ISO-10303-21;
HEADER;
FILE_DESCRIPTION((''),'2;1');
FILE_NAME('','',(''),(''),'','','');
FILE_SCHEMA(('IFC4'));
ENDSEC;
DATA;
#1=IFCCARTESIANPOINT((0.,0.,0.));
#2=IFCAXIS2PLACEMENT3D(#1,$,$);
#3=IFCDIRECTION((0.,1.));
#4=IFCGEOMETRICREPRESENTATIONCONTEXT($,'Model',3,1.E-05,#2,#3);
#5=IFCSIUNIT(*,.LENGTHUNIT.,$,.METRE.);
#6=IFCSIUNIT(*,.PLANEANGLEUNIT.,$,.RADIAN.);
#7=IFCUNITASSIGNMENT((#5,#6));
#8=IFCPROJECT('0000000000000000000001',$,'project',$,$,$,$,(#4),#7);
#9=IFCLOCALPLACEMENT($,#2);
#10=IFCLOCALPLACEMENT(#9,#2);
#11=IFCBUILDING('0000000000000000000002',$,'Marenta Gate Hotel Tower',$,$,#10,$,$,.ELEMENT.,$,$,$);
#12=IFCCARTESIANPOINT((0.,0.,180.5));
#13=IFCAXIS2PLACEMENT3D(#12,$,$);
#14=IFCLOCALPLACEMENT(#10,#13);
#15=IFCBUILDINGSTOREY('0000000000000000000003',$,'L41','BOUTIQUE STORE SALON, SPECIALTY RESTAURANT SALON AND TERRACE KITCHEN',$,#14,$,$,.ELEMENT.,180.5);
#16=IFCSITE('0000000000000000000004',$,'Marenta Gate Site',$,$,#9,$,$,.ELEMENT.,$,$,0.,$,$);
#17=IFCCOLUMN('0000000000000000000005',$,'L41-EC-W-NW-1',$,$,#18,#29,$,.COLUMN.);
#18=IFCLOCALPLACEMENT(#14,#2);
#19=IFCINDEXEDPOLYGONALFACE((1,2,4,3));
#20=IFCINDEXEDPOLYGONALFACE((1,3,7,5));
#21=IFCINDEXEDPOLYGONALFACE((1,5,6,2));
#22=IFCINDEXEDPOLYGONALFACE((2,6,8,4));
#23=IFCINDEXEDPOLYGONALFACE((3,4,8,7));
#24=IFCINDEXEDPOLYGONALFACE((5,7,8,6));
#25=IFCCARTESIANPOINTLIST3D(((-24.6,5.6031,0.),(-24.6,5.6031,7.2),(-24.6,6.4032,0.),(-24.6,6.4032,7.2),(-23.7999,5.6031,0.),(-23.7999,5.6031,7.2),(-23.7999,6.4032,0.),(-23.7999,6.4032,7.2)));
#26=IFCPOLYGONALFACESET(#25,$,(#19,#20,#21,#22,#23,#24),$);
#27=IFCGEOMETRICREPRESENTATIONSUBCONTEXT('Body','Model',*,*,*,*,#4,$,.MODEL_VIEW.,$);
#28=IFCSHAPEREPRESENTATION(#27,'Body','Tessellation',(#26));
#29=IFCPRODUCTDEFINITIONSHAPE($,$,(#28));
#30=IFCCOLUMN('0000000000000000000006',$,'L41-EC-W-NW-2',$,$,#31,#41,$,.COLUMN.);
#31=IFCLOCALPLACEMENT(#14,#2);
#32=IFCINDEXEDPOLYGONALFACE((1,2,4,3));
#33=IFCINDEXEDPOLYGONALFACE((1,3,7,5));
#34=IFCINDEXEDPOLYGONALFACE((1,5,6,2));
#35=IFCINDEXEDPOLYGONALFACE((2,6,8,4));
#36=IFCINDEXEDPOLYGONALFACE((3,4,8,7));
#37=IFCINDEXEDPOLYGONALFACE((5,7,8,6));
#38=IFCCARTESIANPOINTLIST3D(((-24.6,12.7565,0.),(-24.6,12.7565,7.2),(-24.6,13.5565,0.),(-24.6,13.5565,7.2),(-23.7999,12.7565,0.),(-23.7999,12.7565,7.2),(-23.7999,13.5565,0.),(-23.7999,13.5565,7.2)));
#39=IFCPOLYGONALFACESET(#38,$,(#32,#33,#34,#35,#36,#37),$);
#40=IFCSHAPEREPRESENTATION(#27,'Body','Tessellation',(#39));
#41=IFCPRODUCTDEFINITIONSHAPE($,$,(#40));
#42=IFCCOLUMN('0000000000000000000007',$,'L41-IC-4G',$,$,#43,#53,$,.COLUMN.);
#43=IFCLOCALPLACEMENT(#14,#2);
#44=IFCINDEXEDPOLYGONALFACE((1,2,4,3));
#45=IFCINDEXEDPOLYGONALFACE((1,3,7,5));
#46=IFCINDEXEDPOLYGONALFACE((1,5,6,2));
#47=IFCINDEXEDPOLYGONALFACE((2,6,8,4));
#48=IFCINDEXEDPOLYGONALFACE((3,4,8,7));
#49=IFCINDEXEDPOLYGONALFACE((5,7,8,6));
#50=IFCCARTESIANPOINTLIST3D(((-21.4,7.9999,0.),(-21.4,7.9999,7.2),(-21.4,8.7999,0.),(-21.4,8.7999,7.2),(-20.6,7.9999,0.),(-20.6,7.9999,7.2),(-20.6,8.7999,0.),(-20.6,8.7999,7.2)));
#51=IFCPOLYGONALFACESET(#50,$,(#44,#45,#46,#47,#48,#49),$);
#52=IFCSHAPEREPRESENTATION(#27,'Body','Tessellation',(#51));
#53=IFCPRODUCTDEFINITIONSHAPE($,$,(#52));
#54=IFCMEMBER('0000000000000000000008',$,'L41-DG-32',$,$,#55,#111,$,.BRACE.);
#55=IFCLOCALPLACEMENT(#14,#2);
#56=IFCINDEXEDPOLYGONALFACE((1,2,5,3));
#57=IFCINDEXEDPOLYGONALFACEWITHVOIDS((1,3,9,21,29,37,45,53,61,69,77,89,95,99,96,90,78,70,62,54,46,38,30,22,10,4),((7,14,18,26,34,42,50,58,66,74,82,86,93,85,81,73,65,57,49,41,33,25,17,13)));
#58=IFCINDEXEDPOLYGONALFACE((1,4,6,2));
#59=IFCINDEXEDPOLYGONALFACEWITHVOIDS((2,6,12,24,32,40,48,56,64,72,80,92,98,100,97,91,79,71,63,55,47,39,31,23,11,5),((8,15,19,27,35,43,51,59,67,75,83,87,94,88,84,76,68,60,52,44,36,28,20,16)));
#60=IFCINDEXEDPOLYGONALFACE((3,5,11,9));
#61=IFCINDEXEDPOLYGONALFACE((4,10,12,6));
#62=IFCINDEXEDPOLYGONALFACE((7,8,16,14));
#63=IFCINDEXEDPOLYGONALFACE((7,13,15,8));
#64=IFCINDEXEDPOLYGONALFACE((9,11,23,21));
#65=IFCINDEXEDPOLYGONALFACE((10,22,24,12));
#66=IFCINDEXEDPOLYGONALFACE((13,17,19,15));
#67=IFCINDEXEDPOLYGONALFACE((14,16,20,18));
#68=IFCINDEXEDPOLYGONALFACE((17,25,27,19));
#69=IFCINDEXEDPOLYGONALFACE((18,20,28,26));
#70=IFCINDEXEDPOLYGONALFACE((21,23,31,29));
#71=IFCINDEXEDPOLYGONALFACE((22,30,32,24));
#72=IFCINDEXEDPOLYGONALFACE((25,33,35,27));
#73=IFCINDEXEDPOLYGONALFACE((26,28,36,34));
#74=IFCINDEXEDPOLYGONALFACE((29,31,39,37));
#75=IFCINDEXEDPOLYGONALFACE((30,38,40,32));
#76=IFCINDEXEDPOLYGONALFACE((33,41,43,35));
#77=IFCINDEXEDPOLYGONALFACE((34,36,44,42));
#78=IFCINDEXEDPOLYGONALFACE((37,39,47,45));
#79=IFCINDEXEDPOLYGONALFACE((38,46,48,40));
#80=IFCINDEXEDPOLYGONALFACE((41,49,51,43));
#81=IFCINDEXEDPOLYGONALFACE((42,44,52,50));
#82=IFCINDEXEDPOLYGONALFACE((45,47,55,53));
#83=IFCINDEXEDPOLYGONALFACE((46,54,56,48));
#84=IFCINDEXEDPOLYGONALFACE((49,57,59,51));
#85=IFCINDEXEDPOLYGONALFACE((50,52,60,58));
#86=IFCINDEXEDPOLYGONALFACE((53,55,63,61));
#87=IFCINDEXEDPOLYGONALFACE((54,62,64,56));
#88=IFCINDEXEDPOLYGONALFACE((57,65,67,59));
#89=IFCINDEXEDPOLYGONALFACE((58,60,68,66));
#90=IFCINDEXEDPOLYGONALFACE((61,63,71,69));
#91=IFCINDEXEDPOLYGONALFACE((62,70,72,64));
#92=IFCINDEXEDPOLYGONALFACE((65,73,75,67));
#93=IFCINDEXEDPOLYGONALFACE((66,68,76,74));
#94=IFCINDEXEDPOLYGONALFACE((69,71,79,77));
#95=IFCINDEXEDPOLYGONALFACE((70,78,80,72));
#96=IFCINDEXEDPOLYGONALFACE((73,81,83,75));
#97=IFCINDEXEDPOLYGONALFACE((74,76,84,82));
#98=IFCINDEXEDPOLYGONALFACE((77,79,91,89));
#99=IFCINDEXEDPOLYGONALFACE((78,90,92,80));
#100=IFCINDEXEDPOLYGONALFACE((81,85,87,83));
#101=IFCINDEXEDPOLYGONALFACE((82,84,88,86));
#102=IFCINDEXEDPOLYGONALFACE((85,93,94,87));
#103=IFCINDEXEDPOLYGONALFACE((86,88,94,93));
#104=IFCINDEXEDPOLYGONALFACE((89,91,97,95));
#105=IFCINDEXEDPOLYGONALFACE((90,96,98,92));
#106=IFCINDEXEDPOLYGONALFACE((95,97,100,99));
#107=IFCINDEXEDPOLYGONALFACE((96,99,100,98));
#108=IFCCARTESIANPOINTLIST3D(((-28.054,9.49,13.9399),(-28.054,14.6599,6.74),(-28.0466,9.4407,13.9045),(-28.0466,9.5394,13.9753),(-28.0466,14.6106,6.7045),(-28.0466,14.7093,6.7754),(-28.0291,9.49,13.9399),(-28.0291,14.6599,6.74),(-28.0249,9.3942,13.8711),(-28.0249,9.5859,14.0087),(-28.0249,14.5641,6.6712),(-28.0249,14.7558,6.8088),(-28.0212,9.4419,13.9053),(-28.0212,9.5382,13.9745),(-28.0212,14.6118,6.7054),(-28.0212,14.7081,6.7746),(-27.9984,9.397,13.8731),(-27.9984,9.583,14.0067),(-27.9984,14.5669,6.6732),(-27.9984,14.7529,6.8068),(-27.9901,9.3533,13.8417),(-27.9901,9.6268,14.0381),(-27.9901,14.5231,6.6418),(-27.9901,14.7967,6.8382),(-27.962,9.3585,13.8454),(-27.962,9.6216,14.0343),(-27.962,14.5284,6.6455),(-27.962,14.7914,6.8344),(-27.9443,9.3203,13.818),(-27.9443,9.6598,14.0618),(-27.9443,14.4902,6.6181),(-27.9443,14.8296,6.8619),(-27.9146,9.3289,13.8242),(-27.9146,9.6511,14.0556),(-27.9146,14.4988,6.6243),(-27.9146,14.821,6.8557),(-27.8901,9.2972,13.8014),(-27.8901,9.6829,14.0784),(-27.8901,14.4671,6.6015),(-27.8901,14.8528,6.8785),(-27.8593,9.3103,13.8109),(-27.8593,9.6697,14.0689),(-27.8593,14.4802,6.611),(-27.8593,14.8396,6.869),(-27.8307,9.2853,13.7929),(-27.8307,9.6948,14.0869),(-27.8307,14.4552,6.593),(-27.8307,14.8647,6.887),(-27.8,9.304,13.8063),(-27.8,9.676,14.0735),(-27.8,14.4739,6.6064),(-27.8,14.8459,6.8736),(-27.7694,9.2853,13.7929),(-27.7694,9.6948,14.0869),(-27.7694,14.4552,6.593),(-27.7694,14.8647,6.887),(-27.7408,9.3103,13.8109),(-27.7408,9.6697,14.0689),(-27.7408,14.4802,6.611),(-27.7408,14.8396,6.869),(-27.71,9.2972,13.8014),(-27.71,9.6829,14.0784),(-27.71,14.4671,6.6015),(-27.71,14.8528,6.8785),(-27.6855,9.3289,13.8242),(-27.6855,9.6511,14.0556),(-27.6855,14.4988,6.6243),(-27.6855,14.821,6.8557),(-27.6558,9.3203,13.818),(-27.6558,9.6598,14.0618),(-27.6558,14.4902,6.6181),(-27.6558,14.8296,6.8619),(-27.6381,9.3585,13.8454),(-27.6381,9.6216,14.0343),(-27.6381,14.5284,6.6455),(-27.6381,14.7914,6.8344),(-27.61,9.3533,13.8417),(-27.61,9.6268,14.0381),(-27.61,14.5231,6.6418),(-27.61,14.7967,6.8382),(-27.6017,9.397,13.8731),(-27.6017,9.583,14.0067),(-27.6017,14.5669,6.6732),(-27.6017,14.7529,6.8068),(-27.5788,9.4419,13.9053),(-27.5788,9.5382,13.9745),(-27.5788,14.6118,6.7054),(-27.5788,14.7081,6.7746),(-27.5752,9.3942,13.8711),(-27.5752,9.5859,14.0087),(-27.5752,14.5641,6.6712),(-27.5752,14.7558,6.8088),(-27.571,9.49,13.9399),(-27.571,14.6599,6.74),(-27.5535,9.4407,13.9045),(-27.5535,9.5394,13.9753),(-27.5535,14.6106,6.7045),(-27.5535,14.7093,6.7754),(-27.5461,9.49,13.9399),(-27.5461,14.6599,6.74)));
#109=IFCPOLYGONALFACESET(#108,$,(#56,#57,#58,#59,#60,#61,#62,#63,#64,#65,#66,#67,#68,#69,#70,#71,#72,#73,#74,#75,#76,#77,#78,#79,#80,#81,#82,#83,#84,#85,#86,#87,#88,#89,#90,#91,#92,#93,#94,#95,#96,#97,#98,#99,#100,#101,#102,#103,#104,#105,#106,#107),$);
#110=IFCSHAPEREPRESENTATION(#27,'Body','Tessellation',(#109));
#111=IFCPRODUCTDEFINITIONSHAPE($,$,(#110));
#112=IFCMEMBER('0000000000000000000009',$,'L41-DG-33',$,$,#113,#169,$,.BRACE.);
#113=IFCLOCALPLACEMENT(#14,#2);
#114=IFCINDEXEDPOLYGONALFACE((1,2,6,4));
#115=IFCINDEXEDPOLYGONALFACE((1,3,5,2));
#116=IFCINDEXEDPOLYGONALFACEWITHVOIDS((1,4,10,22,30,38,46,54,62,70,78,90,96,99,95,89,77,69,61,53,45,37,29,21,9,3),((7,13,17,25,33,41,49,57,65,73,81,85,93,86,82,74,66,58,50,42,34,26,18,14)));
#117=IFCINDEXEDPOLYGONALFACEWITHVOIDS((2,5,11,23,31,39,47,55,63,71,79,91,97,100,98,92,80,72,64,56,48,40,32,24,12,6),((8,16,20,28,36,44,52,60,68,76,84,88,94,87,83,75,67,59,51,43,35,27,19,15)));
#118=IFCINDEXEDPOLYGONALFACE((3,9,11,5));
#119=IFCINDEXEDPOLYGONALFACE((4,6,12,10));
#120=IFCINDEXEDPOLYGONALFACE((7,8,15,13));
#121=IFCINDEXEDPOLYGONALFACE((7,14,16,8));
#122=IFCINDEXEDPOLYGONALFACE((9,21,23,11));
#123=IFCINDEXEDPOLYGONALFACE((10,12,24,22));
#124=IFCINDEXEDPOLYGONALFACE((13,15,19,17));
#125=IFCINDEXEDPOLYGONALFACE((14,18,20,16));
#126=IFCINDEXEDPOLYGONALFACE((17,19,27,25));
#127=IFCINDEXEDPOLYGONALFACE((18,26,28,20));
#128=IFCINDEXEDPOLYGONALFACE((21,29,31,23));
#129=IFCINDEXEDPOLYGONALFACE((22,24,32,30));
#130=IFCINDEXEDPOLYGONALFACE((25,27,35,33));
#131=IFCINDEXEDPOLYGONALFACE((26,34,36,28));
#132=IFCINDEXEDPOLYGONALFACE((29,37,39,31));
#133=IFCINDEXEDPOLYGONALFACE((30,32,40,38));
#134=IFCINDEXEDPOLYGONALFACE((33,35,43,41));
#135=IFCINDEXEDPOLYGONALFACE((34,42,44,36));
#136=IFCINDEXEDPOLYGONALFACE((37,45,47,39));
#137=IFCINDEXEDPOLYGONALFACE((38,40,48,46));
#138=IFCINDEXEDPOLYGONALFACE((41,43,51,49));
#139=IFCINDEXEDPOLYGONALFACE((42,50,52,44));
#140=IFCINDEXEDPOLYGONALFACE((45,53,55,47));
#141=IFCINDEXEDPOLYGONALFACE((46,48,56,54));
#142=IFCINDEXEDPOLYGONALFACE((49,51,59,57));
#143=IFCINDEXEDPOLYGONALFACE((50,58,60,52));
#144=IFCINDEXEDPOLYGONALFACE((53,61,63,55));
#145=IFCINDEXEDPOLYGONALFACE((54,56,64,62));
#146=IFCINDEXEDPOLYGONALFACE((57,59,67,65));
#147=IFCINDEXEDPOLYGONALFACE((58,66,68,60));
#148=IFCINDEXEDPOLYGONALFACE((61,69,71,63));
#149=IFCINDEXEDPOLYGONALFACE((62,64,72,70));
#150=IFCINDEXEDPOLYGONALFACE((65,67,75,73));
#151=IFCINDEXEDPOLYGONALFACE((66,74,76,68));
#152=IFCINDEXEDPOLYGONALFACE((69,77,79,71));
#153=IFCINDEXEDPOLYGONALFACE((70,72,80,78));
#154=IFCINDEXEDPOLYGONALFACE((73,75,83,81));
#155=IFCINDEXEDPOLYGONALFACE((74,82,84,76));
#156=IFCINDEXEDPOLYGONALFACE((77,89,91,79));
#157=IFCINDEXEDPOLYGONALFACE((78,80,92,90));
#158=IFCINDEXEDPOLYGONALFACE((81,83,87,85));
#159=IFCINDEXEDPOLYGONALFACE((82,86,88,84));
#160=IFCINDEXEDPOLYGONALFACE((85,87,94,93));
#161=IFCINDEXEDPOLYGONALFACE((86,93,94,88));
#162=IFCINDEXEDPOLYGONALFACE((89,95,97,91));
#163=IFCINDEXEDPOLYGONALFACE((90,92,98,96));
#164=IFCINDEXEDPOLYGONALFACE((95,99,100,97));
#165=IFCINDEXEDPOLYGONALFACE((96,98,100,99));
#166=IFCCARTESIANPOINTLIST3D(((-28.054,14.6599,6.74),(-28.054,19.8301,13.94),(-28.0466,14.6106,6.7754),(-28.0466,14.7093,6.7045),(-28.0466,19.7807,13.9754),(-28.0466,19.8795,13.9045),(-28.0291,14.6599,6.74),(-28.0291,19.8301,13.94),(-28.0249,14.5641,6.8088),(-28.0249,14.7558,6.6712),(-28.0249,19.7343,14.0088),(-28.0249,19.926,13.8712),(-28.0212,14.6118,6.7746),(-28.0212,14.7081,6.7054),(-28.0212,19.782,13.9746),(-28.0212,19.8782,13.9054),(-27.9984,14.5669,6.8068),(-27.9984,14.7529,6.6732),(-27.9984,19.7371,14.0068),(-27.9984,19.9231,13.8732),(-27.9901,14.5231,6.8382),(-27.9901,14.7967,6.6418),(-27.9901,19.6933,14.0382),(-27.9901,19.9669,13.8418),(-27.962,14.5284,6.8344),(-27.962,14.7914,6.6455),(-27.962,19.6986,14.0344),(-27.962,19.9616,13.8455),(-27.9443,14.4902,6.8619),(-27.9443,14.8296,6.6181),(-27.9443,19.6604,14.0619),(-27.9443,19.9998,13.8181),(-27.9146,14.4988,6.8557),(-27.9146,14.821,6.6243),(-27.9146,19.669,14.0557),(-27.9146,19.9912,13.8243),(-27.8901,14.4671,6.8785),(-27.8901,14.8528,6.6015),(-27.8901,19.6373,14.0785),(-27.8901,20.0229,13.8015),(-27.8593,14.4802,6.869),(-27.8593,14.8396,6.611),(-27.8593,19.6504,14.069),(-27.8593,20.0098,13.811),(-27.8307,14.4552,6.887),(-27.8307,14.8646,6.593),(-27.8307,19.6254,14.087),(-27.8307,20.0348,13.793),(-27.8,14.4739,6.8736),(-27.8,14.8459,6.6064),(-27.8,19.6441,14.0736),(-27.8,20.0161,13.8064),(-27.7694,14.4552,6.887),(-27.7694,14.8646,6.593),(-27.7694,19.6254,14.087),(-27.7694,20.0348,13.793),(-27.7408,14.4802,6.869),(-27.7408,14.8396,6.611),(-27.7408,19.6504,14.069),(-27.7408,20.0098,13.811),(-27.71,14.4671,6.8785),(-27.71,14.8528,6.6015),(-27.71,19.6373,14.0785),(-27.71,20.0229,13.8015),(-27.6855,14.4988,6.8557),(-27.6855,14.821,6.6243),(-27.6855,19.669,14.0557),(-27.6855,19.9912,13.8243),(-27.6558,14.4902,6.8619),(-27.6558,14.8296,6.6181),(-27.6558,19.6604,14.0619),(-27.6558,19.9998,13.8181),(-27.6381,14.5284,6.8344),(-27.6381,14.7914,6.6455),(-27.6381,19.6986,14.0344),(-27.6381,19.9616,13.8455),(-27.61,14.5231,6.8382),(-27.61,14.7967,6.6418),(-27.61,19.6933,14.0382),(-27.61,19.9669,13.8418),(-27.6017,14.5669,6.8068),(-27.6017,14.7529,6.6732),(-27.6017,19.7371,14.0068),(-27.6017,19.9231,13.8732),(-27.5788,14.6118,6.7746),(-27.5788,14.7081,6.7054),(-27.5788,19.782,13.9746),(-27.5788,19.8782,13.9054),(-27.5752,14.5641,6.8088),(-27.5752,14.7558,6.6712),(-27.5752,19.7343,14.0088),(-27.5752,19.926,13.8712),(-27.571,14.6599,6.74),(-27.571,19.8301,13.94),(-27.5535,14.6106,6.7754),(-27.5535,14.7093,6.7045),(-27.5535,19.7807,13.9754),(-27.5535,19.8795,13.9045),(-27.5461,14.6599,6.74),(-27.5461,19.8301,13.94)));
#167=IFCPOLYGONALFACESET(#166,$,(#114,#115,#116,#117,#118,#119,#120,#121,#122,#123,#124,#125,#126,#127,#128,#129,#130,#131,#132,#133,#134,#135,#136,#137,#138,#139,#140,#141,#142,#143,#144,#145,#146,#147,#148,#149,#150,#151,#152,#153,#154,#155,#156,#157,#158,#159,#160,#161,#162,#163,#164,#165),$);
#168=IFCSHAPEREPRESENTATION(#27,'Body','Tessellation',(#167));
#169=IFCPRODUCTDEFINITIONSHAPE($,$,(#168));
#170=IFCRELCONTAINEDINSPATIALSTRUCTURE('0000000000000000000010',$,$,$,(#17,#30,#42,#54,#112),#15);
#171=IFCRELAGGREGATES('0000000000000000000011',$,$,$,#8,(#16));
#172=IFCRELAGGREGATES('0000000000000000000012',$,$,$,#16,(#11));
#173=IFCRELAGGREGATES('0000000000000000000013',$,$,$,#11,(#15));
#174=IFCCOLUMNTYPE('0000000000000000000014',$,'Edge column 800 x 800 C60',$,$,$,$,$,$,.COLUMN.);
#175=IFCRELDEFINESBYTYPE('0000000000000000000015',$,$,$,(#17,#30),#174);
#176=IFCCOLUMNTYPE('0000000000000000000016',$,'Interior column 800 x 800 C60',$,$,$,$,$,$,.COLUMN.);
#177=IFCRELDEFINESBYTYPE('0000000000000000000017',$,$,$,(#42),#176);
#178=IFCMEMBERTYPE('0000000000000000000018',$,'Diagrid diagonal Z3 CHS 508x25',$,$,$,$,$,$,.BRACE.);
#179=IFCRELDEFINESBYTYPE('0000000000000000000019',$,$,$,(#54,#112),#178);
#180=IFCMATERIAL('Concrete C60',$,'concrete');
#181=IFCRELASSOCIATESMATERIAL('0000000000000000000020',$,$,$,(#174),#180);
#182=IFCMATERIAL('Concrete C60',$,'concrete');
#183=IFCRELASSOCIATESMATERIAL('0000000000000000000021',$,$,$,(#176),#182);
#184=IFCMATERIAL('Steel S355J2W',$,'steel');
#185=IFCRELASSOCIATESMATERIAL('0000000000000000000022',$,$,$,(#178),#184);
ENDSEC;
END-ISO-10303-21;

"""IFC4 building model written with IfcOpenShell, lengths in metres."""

from ifc_helpers import new_model, si_unit, direction, frame, origin, origin_2d, place, context, subcontext, project, spatial, rectangle, hollow_circle, extrude, material, material_profile, profile_set, type_object, element, save


model = new_model("IFC4")

# Units and contexts
model_context = context("Model", 3, precision=1e-05, world=origin(), true_north=direction((0.0, 1.0)))
body_context = subcontext(model_context, "Body", "Model", "MODEL_VIEW")
ifc_project = project(units=[si_unit("LENGTHUNIT", "METRE"), si_unit("PLANEANGLEUNIT", "RADIAN")], contexts=[model_context])

# Site, building, storey
site_placement = place(None, origin())
site = spatial("IfcSite", under=ifc_project, at=site_placement, Name="Marenta Gate Site", CompositionType="ELEMENT", RefElevation=0.0)
building_placement = place(site_placement, origin())
building = spatial("IfcBuilding", under=site, at=building_placement, Name="Marenta Gate Hotel Tower", CompositionType="ELEMENT")
storey_placement = place(building_placement, frame((0.0, 0.0, 180.5)))
storey = spatial("IfcBuildingStorey", under=building, at=storey_placement, Name="L41", Description="BOUTIQUE STORE SALON, SPECIALTY RESTAURANT SALON AND TERRACE KITCHEN", CompositionType="ELEMENT", Elevation=180.5)

# Columns
ifc_material_1 = material(Name="Concrete C60", Category="concrete")
ifc_material_profile_1 = material_profile(ifc_material_1, rectangle(XDim=0.8, YDim=0.8, at=origin_2d()), Name="800 x 800")
ifc_profile_set_1 = profile_set([ifc_material_profile_1], Name="Concrete C60")
column_type_1 = type_object("IfcColumnType", Name="Edge column 800 x 800 C60", PredefinedType="COLUMN", material=ifc_profile_set_1)
for number, where, z_axis, x_axis, name in (
    (1, (-24.2, 6.0032, 0.0), (0.0, 0.0, 1.0), (1.0, 0.0, 0.0), "L41-EC-W-NW-1"),
    (2, (-24.2, 13.1565, 0.0), (0.0, 0.0, 1.0), (1.0, 0.0, 0.0), "L41-EC-W-NW-2"),
):
    element("IfcColumn", number, at=place(storey_placement, frame(where, z_axis=z_axis, x_axis=x_axis)), inside=storey, type_object=column_type_1, Name=name, PredefinedType="COLUMN", context=body_context, shape_type="SweptSolid", body=[
        extrude(rectangle(XDim=0.8, YDim=0.8, at=origin_2d()), origin(), (0.0, 0.0, 1.0), 7.2),
    ])
ifc_material_2 = material(Name="Concrete C60", Category="concrete")
ifc_material_profile_2 = material_profile(ifc_material_2, rectangle(XDim=0.8, YDim=0.8, at=origin_2d()), Name="800 x 800")
ifc_profile_set_2 = profile_set([ifc_material_profile_2], Name="Concrete C60")
column_type_2 = type_object("IfcColumnType", Name="Interior column 800 x 800 C60", PredefinedType="COLUMN", material=ifc_profile_set_2)
column_placement = place(storey_placement, frame((-21.0, 8.3999, 0.0), z_axis=(0.0, 0.0, 1.0), x_axis=(1.0, 0.0, 0.0)))
element("IfcColumn", 3, at=column_placement, inside=storey, type_object=column_type_2, Name="L41-IC-4G", PredefinedType="COLUMN", context=body_context, shape_type="SweptSolid", body=[
    extrude(rectangle(XDim=0.8, YDim=0.8, at=origin_2d()), origin(), (0.0, 0.0, 1.0), 7.2),
])

# Members
ifc_material_3 = material(Name="Steel S355J2W", Category="steel")
ifc_material_profile_3 = material_profile(ifc_material_3, hollow_circle(Radius=0.2539, WallThickness=0.0249, at=origin_2d()), Name="CHS 508x25")
ifc_profile_set_3 = profile_set([ifc_material_profile_3], Name="Steel S355J2W")
member_type_1 = type_object("IfcMemberType", Name="Diagrid diagonal Z3 CHS 508x25", PredefinedType="BRACE", material=ifc_profile_set_3)
member_1_placement = place(storey_placement, frame((-27.8, 14.6599, 6.74), z_axis=(0.0, -0.583261, 0.812285), x_axis=(1.0, 0.0, 0.0)))
element("IfcMember", 4, at=member_1_placement, inside=storey, type_object=member_type_1, Name="L41-DG-32", PredefinedType="BRACE", context=body_context, shape_type="SweptSolid", body=[
    extrude(hollow_circle(Radius=0.2539, WallThickness=0.0249, at=origin_2d()), origin(), (0.0, 0.0, 1.0), 8.8638),
])
member_2_placement = place(storey_placement, frame((-27.8, 14.6599, 6.74), z_axis=(0.0, 0.583279, 0.812272), x_axis=(-1.0, 0.0, 0.0)))
element("IfcMember", 5, at=member_2_placement, inside=storey, type_object=member_type_1, Name="L41-DG-33", PredefinedType="BRACE", context=body_context, shape_type="SweptSolid", body=[
    extrude(hollow_circle(Radius=0.2539, WallThickness=0.0249, at=origin_2d()), origin(), (0.0, 0.0, 1.0), 8.864),
])

save(model, "model.ifc")
